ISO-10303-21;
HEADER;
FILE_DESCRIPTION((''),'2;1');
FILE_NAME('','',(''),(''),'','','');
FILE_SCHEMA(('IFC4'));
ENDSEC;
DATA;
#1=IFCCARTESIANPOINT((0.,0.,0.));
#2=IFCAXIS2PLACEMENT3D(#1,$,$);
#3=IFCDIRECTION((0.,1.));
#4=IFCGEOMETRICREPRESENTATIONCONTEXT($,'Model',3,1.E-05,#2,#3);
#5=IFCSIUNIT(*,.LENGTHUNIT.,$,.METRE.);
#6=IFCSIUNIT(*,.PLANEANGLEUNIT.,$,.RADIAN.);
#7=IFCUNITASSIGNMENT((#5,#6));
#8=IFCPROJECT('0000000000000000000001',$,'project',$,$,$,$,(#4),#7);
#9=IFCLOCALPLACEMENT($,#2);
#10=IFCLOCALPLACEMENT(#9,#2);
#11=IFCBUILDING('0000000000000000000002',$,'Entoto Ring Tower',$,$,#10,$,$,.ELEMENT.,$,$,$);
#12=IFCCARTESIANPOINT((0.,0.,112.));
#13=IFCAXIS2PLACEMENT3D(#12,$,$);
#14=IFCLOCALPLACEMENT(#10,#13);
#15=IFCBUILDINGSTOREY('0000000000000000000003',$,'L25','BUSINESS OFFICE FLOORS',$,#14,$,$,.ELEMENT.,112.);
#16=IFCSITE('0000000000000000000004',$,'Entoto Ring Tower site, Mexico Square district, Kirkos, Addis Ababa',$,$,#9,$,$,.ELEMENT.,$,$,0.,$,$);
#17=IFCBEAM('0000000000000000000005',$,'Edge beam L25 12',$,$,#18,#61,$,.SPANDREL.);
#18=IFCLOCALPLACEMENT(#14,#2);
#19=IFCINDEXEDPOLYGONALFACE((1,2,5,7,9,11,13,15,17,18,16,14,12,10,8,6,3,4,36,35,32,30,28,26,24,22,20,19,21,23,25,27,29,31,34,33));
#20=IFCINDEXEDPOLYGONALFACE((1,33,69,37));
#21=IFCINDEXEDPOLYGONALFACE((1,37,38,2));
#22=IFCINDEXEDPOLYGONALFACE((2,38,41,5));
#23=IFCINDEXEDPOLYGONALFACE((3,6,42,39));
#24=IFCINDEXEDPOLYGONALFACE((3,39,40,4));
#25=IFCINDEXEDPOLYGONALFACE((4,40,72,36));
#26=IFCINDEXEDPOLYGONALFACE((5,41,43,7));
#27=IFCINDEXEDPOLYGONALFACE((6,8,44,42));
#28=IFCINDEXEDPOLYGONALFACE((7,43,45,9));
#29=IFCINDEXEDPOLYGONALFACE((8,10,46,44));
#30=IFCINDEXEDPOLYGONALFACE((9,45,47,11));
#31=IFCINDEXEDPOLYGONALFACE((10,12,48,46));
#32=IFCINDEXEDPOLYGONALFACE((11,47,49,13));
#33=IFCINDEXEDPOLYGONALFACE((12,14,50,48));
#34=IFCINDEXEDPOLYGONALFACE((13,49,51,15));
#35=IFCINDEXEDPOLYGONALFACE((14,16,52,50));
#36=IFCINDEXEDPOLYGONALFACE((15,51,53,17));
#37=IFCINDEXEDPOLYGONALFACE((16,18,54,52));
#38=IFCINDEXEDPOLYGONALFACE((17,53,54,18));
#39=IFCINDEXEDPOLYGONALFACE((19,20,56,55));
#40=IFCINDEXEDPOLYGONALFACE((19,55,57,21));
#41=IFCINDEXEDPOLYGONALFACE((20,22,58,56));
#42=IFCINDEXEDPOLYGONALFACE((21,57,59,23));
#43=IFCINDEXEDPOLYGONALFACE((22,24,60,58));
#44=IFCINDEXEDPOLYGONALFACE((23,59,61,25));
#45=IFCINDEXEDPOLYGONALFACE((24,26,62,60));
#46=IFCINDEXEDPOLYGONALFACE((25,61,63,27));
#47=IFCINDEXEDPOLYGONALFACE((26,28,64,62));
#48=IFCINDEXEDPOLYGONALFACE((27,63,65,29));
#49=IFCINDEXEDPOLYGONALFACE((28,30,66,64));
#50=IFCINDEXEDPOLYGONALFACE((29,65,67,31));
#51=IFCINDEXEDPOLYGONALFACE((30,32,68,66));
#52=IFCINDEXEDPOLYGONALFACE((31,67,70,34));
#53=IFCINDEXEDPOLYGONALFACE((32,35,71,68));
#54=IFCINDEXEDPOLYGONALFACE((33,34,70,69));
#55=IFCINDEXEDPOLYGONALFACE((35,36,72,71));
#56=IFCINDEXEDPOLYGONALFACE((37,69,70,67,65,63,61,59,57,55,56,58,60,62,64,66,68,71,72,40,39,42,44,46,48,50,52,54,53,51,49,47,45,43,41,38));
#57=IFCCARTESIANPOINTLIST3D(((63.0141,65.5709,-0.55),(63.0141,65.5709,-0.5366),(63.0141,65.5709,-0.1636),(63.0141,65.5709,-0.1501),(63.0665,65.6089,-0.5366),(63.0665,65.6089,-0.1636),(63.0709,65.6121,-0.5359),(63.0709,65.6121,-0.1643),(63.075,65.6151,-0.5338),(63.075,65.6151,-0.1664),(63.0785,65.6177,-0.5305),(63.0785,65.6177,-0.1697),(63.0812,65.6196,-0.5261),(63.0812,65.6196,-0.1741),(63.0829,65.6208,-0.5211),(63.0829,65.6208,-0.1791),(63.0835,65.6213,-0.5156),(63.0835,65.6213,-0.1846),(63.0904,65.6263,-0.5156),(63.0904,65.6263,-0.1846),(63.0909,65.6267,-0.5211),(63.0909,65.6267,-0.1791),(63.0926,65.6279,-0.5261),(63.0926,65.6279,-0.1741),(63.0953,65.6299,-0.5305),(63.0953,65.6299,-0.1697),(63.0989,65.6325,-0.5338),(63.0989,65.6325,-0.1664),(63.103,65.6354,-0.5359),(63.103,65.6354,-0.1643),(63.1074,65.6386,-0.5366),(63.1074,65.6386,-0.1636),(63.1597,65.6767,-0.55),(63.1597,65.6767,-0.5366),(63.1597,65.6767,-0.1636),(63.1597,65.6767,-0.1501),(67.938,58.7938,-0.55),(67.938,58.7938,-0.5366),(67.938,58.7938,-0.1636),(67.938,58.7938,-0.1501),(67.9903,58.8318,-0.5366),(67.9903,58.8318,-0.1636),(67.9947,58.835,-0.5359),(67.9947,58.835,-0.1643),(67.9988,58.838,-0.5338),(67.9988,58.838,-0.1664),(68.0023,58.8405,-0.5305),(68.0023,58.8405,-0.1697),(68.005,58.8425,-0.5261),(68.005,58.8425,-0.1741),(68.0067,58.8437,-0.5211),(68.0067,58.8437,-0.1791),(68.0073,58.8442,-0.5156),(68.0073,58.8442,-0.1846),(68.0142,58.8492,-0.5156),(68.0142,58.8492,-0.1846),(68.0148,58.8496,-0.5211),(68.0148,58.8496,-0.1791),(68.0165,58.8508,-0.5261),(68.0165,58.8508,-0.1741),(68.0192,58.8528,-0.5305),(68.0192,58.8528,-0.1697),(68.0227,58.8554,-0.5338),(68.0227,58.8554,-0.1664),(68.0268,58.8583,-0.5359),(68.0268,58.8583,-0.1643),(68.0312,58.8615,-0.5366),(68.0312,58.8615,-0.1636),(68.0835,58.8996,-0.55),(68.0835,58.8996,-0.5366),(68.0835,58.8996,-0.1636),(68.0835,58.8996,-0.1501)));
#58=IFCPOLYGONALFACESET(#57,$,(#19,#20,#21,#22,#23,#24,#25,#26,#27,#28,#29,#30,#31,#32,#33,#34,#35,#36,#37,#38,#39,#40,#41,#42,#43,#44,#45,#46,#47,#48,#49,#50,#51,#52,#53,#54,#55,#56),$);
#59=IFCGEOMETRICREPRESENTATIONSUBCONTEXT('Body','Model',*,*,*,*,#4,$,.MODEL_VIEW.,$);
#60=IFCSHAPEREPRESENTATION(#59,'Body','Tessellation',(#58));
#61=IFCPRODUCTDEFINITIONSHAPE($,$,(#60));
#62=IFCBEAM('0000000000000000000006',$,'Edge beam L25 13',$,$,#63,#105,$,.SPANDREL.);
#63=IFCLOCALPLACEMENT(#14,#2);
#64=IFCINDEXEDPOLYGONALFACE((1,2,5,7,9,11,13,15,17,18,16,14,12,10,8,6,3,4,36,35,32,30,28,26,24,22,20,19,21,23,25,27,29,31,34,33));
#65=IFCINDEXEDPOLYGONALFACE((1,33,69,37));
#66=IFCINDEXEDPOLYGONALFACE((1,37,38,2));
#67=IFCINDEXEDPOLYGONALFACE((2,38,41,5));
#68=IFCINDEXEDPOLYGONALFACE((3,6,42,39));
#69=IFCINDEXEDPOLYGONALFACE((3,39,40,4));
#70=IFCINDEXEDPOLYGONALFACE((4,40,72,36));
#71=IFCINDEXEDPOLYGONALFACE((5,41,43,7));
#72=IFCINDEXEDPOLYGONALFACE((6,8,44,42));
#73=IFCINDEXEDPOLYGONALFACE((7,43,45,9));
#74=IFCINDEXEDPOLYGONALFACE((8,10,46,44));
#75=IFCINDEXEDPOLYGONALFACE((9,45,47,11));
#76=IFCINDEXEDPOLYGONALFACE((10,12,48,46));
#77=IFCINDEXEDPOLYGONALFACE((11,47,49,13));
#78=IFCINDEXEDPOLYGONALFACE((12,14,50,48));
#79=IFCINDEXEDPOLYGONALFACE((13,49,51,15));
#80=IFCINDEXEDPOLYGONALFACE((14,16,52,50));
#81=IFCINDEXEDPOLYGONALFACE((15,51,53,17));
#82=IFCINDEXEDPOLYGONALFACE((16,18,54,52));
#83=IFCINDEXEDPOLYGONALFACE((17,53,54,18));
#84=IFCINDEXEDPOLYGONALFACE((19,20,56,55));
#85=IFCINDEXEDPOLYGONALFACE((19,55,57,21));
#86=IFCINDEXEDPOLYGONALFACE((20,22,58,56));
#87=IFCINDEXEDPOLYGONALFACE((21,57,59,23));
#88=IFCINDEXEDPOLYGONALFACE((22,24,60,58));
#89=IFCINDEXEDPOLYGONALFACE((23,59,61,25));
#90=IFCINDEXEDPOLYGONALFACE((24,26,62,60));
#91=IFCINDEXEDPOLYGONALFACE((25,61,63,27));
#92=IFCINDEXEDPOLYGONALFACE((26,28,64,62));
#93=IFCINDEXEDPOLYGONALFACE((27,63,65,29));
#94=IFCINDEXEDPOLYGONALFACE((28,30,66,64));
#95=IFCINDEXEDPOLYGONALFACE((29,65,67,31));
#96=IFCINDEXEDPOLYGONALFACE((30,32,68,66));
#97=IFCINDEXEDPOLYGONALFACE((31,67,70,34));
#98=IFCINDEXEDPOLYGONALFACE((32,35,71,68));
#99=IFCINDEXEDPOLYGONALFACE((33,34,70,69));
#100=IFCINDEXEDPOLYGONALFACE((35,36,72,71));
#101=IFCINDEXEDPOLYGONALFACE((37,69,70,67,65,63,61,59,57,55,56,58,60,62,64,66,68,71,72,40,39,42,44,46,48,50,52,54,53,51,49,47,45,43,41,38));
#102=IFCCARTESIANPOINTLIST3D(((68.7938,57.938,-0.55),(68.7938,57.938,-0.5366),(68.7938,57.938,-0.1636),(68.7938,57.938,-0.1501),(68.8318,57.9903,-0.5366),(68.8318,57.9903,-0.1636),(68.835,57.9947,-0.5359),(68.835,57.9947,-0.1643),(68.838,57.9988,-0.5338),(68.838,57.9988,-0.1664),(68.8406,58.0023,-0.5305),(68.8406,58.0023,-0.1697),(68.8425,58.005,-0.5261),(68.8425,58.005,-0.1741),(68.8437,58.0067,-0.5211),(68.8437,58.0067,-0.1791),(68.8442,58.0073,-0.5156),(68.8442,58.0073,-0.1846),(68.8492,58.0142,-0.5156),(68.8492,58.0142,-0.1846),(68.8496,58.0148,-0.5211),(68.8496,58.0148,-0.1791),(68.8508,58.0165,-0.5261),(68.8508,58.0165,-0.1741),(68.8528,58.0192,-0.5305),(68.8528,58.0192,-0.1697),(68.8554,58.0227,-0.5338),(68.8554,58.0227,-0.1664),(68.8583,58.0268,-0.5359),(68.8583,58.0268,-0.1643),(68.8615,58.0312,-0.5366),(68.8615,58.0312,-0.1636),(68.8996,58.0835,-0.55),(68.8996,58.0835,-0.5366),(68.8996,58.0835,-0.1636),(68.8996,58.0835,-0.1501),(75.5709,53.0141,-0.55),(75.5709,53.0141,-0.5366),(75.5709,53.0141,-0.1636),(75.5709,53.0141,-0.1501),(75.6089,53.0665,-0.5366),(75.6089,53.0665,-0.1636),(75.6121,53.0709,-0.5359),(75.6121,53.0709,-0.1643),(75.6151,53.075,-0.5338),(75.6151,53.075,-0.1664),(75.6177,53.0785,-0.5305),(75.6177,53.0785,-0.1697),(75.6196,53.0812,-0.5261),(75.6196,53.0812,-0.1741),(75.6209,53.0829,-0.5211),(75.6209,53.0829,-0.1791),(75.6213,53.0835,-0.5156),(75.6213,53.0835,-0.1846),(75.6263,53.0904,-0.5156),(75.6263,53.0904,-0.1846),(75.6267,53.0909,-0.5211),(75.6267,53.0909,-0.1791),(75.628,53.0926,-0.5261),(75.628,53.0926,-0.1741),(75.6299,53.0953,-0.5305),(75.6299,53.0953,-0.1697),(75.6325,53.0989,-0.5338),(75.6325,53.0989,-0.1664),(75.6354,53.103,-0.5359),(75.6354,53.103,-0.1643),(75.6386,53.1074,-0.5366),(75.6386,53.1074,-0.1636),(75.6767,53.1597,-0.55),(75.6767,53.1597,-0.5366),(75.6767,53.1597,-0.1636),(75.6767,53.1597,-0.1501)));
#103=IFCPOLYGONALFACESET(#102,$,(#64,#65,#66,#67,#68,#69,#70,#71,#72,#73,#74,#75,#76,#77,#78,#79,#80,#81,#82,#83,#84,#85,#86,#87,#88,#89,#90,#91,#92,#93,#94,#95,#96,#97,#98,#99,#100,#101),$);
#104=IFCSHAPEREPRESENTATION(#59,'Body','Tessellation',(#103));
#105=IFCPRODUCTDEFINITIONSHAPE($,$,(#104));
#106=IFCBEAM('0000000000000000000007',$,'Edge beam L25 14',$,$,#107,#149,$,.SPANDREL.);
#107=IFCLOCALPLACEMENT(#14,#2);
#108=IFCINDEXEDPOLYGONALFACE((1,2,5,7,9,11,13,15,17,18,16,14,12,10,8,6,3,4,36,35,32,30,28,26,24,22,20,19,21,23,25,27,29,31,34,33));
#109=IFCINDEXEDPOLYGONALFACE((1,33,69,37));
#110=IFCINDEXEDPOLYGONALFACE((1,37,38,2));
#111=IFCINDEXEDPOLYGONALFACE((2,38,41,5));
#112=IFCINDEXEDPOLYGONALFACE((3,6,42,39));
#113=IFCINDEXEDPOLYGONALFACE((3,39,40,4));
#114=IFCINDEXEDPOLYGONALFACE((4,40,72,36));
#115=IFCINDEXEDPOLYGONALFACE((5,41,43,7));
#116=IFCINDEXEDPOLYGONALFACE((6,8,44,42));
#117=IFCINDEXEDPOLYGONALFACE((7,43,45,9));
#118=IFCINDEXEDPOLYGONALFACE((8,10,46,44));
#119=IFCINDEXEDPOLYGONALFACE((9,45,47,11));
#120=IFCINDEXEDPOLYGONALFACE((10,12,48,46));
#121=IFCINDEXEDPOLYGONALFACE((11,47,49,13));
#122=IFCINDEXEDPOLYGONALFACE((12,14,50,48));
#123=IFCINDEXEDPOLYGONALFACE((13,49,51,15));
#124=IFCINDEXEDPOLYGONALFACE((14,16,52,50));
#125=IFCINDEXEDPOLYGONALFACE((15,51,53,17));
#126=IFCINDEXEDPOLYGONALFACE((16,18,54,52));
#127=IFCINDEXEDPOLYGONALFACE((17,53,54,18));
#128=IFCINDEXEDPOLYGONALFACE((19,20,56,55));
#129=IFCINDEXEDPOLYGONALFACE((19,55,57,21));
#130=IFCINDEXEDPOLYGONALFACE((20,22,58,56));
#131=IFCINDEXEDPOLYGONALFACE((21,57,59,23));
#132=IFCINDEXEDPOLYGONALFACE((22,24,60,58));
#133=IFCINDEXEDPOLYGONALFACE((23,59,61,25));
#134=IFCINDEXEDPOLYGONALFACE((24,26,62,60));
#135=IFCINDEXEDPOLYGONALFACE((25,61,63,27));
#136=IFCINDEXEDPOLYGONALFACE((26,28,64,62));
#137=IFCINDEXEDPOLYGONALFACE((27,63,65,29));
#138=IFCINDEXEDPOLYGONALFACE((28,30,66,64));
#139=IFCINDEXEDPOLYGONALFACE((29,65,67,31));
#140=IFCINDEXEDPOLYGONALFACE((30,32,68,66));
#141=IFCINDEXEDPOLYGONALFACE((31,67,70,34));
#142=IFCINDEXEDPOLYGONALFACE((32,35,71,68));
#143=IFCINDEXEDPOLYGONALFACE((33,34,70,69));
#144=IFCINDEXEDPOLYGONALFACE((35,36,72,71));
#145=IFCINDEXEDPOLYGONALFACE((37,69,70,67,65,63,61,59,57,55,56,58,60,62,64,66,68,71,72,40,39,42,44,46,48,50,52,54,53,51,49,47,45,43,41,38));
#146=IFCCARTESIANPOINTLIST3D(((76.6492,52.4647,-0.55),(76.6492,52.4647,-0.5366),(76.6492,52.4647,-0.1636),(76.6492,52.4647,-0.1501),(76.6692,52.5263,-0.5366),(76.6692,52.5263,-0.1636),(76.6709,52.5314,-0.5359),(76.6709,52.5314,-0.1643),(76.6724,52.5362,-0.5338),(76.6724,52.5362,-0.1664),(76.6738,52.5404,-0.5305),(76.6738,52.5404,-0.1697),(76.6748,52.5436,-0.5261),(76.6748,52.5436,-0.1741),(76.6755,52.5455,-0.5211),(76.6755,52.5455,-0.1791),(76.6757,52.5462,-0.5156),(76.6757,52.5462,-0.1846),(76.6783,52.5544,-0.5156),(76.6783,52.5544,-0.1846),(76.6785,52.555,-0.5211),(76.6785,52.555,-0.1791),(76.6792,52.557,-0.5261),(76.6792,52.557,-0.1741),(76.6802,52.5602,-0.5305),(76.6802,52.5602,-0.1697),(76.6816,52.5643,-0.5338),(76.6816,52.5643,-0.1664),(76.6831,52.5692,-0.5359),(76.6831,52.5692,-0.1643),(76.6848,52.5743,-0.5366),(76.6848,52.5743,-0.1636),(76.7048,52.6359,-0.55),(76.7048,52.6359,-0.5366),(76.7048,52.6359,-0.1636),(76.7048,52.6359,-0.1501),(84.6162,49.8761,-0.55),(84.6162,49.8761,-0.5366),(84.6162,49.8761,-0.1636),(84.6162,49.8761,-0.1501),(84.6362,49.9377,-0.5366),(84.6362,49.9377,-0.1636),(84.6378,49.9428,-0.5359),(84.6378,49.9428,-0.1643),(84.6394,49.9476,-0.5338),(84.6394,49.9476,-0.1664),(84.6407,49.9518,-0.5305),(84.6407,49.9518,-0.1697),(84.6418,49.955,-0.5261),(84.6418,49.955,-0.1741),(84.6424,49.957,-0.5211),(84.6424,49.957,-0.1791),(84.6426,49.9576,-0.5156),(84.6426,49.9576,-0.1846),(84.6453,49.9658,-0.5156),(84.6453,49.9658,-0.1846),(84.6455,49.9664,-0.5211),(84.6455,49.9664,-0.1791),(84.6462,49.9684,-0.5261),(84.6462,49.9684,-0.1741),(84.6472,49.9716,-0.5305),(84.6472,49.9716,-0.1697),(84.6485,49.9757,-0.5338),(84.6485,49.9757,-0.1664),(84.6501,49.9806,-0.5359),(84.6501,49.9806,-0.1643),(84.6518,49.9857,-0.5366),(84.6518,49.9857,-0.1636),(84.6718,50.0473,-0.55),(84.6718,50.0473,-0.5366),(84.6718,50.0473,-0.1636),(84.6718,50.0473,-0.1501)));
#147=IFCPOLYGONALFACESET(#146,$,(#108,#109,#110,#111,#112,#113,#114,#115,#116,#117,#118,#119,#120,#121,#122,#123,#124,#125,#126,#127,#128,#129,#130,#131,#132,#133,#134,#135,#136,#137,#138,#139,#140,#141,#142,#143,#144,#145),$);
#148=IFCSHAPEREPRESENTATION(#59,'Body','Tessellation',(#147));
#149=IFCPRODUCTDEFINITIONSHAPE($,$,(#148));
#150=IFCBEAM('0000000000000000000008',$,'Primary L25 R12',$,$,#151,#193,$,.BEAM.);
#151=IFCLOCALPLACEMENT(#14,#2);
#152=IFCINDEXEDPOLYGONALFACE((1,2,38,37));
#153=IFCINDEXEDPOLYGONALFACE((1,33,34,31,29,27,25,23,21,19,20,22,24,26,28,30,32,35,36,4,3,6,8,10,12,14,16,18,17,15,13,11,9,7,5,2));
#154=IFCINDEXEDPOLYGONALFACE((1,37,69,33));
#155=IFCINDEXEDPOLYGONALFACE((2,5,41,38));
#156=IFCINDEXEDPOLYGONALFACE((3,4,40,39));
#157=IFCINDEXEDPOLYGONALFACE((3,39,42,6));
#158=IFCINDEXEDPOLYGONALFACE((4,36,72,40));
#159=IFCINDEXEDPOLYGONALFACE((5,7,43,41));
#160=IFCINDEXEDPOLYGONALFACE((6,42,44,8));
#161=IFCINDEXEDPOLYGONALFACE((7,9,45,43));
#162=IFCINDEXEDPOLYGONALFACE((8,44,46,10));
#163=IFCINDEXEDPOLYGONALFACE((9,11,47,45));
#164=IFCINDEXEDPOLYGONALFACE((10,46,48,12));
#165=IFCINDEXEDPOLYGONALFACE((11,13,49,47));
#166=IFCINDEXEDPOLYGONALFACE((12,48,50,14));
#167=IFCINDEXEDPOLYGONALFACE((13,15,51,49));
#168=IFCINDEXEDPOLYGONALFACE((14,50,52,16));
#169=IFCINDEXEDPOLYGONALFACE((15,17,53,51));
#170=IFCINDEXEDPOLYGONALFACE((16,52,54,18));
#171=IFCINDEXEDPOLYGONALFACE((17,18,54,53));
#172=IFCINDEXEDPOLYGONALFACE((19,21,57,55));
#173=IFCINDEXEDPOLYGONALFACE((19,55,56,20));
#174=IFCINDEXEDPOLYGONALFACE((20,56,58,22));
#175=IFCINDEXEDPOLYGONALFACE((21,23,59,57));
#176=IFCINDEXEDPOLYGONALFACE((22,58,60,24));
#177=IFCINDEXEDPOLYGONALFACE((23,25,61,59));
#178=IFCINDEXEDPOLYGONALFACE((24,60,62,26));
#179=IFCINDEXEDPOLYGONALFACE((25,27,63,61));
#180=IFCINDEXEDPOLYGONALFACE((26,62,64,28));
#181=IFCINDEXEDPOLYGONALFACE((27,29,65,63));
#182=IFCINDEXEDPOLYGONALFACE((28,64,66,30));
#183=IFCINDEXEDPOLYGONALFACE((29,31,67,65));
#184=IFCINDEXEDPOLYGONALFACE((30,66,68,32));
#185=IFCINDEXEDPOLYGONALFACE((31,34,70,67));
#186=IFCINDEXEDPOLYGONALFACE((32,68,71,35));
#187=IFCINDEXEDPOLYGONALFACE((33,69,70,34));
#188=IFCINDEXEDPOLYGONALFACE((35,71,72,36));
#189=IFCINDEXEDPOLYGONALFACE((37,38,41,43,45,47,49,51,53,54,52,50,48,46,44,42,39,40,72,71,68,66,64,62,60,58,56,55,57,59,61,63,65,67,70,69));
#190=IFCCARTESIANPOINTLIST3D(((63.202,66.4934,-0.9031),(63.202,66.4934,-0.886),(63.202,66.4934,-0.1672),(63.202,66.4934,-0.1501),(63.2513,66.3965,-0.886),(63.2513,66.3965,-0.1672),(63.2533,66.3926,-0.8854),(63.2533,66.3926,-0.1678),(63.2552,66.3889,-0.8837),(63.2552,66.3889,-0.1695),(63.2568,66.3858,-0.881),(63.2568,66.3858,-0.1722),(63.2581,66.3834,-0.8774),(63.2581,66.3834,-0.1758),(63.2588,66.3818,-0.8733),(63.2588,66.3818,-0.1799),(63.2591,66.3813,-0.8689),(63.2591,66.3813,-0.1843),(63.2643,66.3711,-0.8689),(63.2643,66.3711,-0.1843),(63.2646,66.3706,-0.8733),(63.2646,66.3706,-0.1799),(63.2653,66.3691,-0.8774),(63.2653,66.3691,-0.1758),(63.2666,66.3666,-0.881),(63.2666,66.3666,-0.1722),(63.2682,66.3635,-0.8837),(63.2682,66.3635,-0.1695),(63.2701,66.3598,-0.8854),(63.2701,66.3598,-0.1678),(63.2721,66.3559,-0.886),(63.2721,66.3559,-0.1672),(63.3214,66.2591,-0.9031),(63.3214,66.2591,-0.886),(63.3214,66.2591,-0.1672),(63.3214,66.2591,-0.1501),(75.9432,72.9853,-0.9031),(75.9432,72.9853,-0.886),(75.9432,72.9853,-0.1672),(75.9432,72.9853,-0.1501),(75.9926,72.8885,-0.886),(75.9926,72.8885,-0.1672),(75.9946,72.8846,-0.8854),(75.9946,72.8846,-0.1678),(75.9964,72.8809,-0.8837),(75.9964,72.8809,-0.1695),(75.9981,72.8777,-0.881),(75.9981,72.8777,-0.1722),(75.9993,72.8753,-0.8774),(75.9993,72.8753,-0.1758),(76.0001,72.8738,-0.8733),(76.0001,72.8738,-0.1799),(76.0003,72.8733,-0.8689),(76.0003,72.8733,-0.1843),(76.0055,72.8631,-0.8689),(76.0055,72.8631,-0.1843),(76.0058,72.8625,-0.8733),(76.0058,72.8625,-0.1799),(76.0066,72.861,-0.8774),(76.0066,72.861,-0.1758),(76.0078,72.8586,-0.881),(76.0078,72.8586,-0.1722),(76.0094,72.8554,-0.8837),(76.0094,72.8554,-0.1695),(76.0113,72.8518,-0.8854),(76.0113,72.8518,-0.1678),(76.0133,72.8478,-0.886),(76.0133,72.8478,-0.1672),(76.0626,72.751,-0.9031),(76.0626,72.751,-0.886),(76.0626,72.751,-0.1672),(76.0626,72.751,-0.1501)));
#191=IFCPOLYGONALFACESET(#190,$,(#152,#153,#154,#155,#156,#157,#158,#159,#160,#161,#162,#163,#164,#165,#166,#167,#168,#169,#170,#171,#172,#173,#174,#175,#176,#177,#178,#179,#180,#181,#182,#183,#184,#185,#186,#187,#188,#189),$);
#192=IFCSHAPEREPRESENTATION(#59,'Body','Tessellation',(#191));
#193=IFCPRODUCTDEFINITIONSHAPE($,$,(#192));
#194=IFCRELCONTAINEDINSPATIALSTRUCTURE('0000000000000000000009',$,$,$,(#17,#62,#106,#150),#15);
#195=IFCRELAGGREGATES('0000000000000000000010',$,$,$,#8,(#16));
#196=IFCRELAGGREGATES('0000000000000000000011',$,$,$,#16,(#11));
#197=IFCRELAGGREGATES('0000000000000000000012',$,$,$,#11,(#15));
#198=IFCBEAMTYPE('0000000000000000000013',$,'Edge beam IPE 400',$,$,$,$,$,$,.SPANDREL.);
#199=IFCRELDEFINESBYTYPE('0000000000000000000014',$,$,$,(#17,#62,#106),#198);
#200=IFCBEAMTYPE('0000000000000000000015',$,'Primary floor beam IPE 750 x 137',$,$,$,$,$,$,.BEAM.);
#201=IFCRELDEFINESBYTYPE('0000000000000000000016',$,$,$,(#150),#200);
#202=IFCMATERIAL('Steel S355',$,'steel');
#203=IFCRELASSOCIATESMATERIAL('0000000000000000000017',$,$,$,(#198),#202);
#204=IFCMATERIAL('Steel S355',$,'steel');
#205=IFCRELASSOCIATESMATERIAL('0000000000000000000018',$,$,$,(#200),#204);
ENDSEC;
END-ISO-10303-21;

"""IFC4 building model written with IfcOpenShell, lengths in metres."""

from ifc_helpers import new_model, si_unit, direction, frame, origin, origin_2d, place, context, subcontext, project, spatial, i_section, extrude, material, material_profile, profile_set, type_object, element, save


model = new_model("IFC4")

# Units and contexts
model_context = context("Model", 3, precision=1e-05, world=origin(), true_north=direction((0.0, 1.0)))
body_context = subcontext(model_context, "Body", "Model", "MODEL_VIEW")
ifc_project = project(units=[si_unit("LENGTHUNIT", "METRE"), si_unit("PLANEANGLEUNIT", "RADIAN")], contexts=[model_context])

# Site, building, storey
site_placement = place(None, origin())
site = spatial("IfcSite", under=ifc_project, at=site_placement, Name="Entoto Ring Tower site, Mexico Square district, Kirkos, Addis Ababa", CompositionType="ELEMENT", RefElevation=0.0)
building_placement = place(site_placement, origin())
building = spatial("IfcBuilding", under=site, at=building_placement, Name="Entoto Ring Tower", CompositionType="ELEMENT")
storey_placement = place(building_placement, frame((0.0, 0.0, 112.0)))
storey = spatial("IfcBuildingStorey", under=building, at=storey_placement, Name="L25", Description="BUSINESS OFFICE FLOORS", CompositionType="ELEMENT", Elevation=112.0)

# Beams
ifc_material_1 = material(Name="Steel S355", Category="steel")
ifc_material_profile_1 = material_profile(ifc_material_1, i_section(OverallWidth=0.1799, OverallDepth=0.3999, WebThickness=0.0085, FlangeThickness=0.0134, FilletRadius=0.021, at=origin_2d()), Name="IPE 400")
ifc_profile_set_1 = profile_set([ifc_material_profile_1], Name="Steel S355")
beam_type_1 = type_object("IfcBeamType", Name="Edge beam IPE 400", PredefinedType="SPANDREL", material=ifc_profile_set_1)
for number, where, z_axis, x_axis, name in (
    (1, (63.0869, 65.6238, -0.3501), (0.587783, -0.809018, 0.0), (0.809018, 0.587783, 0.0), "Edge beam L25 12"),
    (2, (68.8467, 58.0107, -0.3501), (0.809018, -0.587783, 0.0), (0.587783, 0.809018, 0.0), "Edge beam L25 13"),
    (3, (76.677, 52.5503, -0.3501), (0.951057, -0.309014, 0.0), (0.309014, 0.951057, 0.0), "Edge beam L25 14"),
):
    element("IfcBeam", number, at=place(storey_placement, frame(where, z_axis=z_axis, x_axis=x_axis)), inside=storey, type_object=beam_type_1, Name=name, PredefinedType="SPANDREL", context=body_context, shape_type="SweptSolid", body=[
        extrude(i_section(OverallWidth=0.1799, OverallDepth=0.3999, WebThickness=0.0085, FlangeThickness=0.0134, FilletRadius=0.021, at=origin_2d()), origin(), (0.0, 0.0, 1.0), 8.377),
    ])
ifc_material_2 = material(Name="Steel S355", Category="steel")
ifc_material_profile_2 = material_profile(ifc_material_2, i_section(OverallWidth=0.2629, OverallDepth=0.7529, WebThickness=0.0115, FlangeThickness=0.0171, FilletRadius=0.0171, at=origin_2d()), Name="IPE 750 x 137")
ifc_profile_set_2 = profile_set([ifc_material_profile_2], Name="Steel S355")
beam_type_2 = type_object("IfcBeamType", Name="Primary floor beam IPE 750 x 137", PredefinedType="BEAM", material=ifc_profile_set_2)
beam_1_placement = place(storey_placement, frame((76.0029, 72.8682, -0.5266), z_axis=(-0.891007, -0.453989, 0.0), x_axis=(0.453989, -0.891007, 0.0)))
element("IfcBeam", 4, at=beam_1_placement, inside=storey, type_object=beam_type_2, Name="Primary L25 R12", PredefinedType="BEAM", context=body_context, shape_type="SweptSolid", body=[
    extrude(i_section(OverallWidth=0.2629, OverallDepth=0.7529, WebThickness=0.0115, FlangeThickness=0.0171, FilletRadius=0.0171, at=origin_2d()), origin(), (0.0, 0.0, 1.0), 14.2998),
])

save(model, "model.ifc")
